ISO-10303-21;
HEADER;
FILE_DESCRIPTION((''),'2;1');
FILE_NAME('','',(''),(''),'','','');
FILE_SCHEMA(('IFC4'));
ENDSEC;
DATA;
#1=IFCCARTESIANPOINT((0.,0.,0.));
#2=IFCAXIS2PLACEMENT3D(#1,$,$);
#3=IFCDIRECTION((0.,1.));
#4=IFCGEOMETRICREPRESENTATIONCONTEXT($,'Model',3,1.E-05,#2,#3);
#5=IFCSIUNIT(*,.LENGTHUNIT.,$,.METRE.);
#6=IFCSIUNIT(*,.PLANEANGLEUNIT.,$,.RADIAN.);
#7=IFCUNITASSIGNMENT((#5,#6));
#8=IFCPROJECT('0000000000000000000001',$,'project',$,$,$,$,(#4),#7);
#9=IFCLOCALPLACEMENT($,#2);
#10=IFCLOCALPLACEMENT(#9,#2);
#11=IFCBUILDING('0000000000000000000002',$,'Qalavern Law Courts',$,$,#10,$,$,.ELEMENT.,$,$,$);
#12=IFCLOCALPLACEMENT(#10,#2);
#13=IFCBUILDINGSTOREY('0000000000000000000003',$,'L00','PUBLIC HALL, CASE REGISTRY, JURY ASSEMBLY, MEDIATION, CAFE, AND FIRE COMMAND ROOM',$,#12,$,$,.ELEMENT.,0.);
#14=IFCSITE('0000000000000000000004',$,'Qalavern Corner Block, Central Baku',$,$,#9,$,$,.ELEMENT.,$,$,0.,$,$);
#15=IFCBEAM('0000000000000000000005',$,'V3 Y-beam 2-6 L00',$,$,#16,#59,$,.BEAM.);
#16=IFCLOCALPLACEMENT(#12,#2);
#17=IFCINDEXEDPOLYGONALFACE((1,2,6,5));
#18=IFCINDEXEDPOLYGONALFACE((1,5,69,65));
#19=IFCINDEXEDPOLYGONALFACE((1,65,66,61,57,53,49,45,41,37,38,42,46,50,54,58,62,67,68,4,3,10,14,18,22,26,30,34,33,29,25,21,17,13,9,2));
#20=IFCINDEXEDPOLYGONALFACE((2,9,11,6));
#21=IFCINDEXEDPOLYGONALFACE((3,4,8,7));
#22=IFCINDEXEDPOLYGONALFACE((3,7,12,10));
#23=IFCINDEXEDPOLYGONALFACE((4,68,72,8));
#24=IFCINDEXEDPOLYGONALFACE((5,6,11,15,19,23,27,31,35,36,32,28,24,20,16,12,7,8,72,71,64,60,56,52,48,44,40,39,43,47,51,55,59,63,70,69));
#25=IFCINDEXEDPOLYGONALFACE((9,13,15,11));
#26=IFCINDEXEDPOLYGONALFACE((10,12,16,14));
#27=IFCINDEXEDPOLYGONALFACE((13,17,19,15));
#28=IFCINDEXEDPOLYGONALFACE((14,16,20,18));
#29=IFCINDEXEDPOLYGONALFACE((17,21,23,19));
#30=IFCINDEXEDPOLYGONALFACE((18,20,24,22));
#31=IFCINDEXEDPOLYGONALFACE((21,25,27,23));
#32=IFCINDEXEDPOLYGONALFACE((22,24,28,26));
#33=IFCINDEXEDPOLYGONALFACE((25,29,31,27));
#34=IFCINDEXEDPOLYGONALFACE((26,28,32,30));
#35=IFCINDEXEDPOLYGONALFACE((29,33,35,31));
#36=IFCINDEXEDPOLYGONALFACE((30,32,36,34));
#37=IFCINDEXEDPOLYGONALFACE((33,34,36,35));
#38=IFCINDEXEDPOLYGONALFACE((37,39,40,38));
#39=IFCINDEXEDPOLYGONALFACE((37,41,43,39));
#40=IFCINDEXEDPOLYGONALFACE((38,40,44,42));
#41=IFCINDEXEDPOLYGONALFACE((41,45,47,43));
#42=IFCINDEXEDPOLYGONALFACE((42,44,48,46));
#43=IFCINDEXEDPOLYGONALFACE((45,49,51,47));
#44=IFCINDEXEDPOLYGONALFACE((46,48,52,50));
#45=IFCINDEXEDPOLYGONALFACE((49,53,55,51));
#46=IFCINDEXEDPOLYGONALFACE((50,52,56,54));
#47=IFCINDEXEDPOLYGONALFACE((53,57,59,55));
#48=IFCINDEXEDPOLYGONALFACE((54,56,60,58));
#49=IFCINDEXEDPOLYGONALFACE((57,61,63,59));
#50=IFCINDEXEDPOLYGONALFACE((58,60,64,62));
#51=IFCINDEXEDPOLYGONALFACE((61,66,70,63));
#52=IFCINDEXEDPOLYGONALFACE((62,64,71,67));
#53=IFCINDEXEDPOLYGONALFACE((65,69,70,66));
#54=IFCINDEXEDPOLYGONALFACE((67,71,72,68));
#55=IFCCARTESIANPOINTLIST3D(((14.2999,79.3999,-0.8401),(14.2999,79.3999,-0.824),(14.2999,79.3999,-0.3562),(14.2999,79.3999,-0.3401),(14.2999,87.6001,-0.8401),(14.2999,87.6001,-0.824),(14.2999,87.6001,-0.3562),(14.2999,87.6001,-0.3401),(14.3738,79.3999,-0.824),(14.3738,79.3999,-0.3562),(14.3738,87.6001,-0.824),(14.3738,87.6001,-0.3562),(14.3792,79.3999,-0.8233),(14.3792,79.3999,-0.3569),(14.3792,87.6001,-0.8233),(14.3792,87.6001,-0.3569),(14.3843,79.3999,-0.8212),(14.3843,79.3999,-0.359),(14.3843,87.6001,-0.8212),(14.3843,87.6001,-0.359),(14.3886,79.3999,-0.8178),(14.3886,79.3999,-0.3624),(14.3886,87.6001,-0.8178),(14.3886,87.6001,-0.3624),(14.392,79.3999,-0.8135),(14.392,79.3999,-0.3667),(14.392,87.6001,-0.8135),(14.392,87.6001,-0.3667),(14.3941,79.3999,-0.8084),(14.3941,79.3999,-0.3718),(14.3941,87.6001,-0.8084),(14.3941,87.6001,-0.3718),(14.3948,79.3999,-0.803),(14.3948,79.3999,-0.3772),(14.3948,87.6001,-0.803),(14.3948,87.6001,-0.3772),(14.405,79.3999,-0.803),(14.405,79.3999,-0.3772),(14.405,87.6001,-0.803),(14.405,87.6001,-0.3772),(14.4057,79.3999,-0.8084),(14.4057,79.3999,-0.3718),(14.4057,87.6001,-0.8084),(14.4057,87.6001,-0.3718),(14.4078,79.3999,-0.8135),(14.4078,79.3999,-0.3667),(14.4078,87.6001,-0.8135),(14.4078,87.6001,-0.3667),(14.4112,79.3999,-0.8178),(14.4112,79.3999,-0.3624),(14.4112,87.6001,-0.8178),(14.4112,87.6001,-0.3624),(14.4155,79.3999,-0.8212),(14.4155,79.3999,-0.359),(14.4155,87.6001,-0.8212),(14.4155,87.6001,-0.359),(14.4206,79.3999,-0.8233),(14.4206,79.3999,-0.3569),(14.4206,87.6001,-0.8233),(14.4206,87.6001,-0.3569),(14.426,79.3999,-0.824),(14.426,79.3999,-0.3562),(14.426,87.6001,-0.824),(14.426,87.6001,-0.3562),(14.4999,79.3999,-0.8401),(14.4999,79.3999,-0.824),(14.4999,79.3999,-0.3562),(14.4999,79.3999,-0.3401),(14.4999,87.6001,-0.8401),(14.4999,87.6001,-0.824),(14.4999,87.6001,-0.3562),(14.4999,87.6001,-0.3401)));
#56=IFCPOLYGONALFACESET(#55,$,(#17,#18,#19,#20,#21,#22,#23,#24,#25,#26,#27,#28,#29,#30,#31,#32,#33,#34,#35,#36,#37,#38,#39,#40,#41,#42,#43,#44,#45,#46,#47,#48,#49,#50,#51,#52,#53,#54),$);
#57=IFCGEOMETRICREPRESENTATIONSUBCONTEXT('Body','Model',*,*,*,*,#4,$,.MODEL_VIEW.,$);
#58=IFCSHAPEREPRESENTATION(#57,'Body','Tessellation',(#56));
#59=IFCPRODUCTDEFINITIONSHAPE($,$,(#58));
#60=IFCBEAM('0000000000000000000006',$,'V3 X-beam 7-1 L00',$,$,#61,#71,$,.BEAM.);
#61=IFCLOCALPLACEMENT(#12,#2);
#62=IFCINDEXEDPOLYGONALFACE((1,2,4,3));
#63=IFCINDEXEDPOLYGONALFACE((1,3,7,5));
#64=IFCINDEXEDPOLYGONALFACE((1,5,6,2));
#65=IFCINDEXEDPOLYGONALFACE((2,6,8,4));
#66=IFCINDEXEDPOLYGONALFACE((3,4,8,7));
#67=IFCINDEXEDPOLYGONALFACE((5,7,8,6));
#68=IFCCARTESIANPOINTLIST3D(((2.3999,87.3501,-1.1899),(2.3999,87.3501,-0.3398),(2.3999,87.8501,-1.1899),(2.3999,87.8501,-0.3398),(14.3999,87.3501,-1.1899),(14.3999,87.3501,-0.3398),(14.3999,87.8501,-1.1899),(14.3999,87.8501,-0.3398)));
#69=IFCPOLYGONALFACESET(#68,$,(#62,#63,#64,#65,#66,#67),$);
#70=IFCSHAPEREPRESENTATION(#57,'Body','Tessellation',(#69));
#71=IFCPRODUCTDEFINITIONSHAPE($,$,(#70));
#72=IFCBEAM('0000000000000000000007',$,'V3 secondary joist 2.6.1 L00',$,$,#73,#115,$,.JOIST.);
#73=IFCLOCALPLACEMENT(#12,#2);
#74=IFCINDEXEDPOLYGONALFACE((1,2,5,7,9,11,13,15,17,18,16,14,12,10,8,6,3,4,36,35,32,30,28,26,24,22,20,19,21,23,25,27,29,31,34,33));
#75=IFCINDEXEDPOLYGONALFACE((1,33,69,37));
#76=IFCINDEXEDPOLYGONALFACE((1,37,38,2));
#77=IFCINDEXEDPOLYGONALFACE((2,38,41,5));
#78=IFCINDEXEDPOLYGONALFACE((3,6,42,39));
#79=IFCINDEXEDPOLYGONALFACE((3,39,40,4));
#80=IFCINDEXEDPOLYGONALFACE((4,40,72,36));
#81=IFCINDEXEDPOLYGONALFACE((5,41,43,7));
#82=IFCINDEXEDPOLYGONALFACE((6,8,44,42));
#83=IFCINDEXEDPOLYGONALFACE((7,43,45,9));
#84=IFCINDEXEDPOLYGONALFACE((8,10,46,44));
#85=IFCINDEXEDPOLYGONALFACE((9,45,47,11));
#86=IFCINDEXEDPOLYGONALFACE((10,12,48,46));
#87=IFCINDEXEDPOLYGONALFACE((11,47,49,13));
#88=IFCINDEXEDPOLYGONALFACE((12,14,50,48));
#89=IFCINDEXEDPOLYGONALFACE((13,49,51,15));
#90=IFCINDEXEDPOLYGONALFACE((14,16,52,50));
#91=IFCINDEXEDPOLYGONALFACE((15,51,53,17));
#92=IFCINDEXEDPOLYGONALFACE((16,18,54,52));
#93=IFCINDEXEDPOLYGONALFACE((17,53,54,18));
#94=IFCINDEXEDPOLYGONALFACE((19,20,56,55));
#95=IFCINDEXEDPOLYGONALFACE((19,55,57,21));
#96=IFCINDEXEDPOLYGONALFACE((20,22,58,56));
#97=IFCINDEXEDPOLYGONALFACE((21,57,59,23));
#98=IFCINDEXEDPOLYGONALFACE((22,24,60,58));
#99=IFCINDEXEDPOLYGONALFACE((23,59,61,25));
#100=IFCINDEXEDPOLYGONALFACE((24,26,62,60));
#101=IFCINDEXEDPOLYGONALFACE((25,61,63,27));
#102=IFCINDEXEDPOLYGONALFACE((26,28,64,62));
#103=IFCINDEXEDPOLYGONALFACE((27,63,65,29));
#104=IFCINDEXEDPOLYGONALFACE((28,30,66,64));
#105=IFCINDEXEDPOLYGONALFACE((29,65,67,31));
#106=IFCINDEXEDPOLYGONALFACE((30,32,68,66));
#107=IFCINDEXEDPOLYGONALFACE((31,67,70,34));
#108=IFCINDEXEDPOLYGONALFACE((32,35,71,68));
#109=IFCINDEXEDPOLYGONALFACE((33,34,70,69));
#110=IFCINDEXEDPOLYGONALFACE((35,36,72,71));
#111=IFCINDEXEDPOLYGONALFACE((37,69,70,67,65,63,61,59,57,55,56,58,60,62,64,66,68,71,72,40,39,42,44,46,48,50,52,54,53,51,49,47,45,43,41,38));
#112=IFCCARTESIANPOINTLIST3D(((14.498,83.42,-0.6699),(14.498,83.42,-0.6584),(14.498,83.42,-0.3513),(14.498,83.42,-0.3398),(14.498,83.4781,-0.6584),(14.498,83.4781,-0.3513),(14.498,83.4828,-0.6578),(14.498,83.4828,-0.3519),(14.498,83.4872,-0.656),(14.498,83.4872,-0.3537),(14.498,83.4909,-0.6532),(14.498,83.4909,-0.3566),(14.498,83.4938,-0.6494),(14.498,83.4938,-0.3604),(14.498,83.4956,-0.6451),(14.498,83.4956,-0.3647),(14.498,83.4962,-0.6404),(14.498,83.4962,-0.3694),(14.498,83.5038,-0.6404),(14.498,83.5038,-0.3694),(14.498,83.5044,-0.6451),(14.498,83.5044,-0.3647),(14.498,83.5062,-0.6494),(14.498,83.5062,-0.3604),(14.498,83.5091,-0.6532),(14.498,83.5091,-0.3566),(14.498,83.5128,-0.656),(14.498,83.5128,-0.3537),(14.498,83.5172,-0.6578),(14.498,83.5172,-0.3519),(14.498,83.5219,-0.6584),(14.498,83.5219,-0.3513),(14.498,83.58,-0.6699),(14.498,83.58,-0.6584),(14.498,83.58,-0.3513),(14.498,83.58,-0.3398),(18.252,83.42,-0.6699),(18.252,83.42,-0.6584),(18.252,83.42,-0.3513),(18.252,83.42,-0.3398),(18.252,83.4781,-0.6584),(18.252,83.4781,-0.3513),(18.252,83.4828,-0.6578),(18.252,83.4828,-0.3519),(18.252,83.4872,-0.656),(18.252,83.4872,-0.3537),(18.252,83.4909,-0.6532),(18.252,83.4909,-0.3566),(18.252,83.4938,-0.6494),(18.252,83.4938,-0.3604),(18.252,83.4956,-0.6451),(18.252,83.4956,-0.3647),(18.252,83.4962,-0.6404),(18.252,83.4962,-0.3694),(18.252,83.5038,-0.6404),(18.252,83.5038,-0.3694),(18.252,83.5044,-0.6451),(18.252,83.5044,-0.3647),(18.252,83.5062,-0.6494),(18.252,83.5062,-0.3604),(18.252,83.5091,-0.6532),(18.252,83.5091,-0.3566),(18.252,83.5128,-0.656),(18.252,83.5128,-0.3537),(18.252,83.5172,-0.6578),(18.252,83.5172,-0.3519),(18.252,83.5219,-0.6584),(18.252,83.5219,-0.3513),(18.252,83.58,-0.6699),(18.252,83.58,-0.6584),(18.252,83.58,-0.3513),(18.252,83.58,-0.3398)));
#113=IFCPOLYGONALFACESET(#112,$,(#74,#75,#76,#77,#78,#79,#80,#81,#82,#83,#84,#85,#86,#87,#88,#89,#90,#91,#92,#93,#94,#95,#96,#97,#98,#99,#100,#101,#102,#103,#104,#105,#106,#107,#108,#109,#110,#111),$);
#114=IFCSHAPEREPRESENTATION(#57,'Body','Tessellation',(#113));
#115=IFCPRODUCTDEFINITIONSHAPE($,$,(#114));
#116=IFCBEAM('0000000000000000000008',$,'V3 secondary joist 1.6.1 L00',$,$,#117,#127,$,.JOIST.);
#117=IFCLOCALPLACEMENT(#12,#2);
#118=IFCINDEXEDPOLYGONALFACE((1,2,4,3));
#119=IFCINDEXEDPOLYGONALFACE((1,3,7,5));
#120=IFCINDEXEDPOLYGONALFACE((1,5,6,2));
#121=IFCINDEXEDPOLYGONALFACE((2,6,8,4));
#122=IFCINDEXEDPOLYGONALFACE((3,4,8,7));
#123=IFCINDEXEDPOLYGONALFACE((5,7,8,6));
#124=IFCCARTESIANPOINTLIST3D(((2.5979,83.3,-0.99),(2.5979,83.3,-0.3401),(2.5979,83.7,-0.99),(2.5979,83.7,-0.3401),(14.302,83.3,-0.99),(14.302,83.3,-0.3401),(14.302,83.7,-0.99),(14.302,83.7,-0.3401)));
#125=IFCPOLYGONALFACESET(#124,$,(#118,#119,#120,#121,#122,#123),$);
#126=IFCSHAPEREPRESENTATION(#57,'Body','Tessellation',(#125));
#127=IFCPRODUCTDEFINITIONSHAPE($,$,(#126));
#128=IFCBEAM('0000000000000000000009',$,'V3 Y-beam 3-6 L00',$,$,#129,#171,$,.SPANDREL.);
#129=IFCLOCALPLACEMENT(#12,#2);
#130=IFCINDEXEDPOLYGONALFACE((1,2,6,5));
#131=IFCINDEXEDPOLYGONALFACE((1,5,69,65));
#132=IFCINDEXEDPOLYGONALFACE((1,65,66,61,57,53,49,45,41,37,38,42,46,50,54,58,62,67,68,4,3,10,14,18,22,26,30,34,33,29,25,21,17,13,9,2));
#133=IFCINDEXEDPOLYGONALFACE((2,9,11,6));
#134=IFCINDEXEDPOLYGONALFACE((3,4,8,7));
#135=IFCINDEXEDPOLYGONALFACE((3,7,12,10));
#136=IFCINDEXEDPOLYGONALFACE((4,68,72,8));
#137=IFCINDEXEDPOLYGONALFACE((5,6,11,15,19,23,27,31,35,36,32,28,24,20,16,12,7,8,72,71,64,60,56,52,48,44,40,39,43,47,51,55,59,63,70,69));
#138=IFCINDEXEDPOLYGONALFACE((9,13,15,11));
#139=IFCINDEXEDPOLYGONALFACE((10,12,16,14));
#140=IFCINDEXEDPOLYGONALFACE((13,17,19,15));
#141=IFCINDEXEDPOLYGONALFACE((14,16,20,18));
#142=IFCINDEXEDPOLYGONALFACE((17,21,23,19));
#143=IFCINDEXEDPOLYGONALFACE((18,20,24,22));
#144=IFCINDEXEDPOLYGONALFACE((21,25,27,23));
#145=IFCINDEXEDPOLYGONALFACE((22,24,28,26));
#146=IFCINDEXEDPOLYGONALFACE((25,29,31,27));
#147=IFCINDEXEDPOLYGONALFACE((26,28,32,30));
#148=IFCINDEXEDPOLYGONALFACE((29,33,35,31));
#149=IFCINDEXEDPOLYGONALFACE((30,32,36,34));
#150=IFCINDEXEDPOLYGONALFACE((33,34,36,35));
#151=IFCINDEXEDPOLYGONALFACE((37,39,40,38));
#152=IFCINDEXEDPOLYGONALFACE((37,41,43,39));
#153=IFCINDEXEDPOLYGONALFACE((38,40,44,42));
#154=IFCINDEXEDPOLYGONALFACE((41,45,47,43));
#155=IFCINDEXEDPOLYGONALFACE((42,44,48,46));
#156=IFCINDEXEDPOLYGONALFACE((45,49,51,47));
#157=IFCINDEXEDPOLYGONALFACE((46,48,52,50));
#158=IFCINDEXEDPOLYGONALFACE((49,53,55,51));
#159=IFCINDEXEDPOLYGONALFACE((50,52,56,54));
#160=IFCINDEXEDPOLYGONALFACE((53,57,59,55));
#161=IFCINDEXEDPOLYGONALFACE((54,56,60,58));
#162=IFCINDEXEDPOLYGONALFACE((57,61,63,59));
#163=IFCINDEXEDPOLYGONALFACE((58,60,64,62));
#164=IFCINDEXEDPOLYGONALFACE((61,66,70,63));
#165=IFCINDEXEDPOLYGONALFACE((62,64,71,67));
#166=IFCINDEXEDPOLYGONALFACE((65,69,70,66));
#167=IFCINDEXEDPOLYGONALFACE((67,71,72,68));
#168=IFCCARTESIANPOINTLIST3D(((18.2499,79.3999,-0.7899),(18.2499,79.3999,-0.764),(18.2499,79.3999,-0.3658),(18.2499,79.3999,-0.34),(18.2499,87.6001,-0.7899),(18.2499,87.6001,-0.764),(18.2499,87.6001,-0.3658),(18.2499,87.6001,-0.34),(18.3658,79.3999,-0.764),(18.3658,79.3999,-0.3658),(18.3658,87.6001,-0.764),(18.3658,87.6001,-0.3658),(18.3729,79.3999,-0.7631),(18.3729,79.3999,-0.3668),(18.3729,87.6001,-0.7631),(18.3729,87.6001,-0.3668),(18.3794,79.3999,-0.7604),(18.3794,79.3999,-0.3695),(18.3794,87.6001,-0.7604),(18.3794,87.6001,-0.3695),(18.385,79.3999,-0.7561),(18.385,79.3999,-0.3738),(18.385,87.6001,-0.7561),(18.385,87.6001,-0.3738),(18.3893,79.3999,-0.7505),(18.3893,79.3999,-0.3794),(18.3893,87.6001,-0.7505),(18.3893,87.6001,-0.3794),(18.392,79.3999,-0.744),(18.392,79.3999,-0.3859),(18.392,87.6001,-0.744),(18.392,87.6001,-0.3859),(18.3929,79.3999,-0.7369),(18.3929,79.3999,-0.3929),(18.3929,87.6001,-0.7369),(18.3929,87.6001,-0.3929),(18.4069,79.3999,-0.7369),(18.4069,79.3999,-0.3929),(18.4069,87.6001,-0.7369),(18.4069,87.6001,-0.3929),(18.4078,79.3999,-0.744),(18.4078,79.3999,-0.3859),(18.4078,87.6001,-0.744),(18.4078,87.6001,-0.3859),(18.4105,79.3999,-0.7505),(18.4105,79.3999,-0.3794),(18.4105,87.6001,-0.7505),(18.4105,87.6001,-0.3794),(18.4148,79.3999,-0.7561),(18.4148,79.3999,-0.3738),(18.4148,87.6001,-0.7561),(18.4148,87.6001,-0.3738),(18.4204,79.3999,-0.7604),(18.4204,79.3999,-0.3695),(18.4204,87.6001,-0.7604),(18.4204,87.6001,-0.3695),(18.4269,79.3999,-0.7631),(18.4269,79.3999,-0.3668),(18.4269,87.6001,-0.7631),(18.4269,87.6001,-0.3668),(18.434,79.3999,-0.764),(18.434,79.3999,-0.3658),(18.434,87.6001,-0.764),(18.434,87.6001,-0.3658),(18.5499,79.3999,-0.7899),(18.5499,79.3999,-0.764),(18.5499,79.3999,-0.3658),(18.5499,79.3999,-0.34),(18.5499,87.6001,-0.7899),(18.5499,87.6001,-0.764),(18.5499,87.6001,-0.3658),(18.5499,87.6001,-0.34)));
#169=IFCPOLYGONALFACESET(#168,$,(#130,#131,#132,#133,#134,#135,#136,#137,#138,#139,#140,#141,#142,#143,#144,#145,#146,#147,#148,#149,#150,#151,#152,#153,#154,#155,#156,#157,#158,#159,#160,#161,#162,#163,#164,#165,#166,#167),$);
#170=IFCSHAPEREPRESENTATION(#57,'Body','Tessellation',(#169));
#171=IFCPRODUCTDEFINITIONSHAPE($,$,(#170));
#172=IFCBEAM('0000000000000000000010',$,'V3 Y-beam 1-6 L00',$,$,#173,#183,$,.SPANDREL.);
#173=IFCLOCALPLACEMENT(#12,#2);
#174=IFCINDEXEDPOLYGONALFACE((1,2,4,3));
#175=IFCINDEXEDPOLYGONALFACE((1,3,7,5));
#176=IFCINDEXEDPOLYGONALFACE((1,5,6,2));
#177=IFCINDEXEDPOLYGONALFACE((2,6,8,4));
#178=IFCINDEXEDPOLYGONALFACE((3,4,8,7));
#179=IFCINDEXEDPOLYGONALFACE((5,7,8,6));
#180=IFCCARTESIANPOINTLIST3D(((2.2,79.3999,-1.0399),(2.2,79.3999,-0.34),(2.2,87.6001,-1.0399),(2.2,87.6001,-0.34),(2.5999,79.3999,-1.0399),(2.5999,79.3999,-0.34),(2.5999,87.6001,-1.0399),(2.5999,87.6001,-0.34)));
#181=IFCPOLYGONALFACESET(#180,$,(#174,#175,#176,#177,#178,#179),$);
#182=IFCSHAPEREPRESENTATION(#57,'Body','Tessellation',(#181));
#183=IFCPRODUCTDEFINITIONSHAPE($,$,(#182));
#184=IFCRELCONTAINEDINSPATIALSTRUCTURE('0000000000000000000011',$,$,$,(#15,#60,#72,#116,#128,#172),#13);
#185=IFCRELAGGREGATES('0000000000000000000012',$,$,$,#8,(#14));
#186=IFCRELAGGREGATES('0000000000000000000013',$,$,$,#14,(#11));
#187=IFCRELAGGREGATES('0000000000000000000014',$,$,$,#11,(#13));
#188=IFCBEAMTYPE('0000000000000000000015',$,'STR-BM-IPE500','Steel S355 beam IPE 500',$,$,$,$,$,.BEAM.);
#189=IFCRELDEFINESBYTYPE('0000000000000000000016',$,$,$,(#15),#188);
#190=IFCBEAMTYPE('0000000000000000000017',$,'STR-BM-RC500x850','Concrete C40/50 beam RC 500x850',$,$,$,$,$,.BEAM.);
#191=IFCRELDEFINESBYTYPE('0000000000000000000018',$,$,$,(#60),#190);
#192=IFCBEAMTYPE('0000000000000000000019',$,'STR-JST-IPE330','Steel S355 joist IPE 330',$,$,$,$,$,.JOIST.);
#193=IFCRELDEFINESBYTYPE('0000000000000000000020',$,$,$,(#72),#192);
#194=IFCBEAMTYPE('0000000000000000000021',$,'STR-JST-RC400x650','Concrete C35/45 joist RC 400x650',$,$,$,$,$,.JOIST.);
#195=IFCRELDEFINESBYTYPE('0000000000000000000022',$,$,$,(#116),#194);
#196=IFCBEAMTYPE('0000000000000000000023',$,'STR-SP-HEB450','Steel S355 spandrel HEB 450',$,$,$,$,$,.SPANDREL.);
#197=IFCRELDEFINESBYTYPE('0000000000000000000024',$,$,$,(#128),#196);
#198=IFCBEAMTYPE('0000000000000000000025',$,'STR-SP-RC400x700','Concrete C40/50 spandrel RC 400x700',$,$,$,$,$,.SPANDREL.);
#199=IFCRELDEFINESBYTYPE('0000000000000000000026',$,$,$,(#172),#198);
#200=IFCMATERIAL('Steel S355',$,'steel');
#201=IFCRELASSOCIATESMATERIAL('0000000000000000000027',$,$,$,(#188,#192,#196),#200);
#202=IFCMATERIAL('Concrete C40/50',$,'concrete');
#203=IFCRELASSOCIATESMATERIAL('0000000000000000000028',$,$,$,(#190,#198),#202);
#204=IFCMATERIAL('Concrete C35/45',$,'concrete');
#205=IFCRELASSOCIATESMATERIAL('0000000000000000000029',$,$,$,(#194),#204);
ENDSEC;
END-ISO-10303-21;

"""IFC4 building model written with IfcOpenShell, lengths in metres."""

from ifc_helpers import new_model, si_unit, direction, frame, origin, origin_2d, place, context, subcontext, project, spatial, rectangle, i_section, extrude, material, material_profile, profile_set, type_object, element, save


model = new_model("IFC4")

# Units and contexts
model_context = context("Model", 3, precision=1e-05, world=origin(), true_north=direction((0.0, 1.0)))
body_context = subcontext(model_context, "Body", "Model", "MODEL_VIEW")
ifc_project = project(units=[si_unit("LENGTHUNIT", "METRE"), si_unit("PLANEANGLEUNIT", "RADIAN")], contexts=[model_context])

# Site, building, storey
site_placement = place(None, origin())
site = spatial("IfcSite", under=ifc_project, at=site_placement, Name="Qalavern Corner Block, Central Baku", CompositionType="ELEMENT", RefElevation=0.0)
building_placement = place(site_placement, origin())
building = spatial("IfcBuilding", under=site, at=building_placement, Name="Qalavern Law Courts", CompositionType="ELEMENT")
storey_placement = place(building_placement, origin())
storey = spatial("IfcBuildingStorey", under=building, at=storey_placement, Name="L00", Description="PUBLIC HALL, CASE REGISTRY, JURY ASSEMBLY, MEDIATION, CAFE, AND FIRE COMMAND ROOM", CompositionType="ELEMENT", Elevation=0.0)

# Beams
ifc_material_1 = material(Name="Steel S355", Category="steel")
ifc_material_profile_1 = material_profile(ifc_material_1, i_section(OverallWidth=0.2, OverallDepth=0.5, WebThickness=0.0103, FlangeThickness=0.0161, FilletRadius=0.021, at=origin_2d()), Name="IPE 500")
ifc_profile_set_1 = profile_set([ifc_material_profile_1], Name="Steel S355")
beam_type_1 = type_object("IfcBeamType", Name="STR-BM-IPE500", Description="Steel S355 beam IPE 500", PredefinedType="BEAM", material=ifc_profile_set_1)
beam_1_placement = place(storey_placement, frame((14.3999, 79.3999, -0.5901), z_axis=(0.0, 1.0, 0.0), x_axis=(-1.0, 0.0, 0.0)))
element("IfcBeam", 1, at=beam_1_placement, inside=storey, type_object=beam_type_1, Name="V3 Y-beam 2-6 L00", PredefinedType="BEAM", context=body_context, shape_type="SweptSolid", body=[
    extrude(i_section(OverallWidth=0.2, OverallDepth=0.5, WebThickness=0.0103, FlangeThickness=0.0161, FilletRadius=0.021, at=origin_2d()), origin(), (0.0, 0.0, 1.0), 8.2002),
])
ifc_material_2 = material(Name="Concrete C40/50", Category="concrete")
ifc_material_profile_2 = material_profile(ifc_material_2, rectangle(XDim=0.5, YDim=0.8501, at=origin_2d()), Name="RC 500x850")
ifc_profile_set_2 = profile_set([ifc_material_profile_2], Name="Concrete C40/50")
beam_type_2 = type_object("IfcBeamType", Name="STR-BM-RC500x850", Description="Concrete C40/50 beam RC 500x850", PredefinedType="BEAM", material=ifc_profile_set_2)
beam_2_placement = place(storey_placement, frame((2.3999, 87.6001, -0.7649), z_axis=(1.0, 0.0, 0.0), x_axis=(0.0, 1.0, 0.0)))
element("IfcBeam", 2, at=beam_2_placement, inside=storey, type_object=beam_type_2, Name="V3 X-beam 7-1 L00", PredefinedType="BEAM", context=body_context, shape_type="SweptSolid", body=[
    extrude(rectangle(XDim=0.5, YDim=0.8501, at=origin_2d()), origin(), (0.0, 0.0, 1.0), 12.0),
])
ifc_material_profile_3 = material_profile(ifc_material_1, i_section(OverallWidth=0.1599, OverallDepth=0.3301, WebThickness=0.0076, FlangeThickness=0.0115, FilletRadius=0.0181, at=origin_2d()), Name="IPE 330")
ifc_profile_set_3 = profile_set([ifc_material_profile_3], Name="Steel S355")
beam_type_3 = type_object("IfcBeamType", Name="STR-JST-IPE330", Description="Steel S355 joist IPE 330", PredefinedType="JOIST", material=ifc_profile_set_3)
beam_3_placement = place(storey_placement, frame((14.498, 83.5, -0.5049), z_axis=(1.0, 0.0, 0.0), x_axis=(0.0, 1.0, 0.0)))
element("IfcBeam", 3, at=beam_3_placement, inside=storey, type_object=beam_type_3, Name="V3 secondary joist 2.6.1 L00", PredefinedType="JOIST", context=body_context, shape_type="SweptSolid", body=[
    extrude(i_section(OverallWidth=0.1599, OverallDepth=0.3301, WebThickness=0.0076, FlangeThickness=0.0115, FilletRadius=0.0181, at=origin_2d()), origin(), (0.0, 0.0, 1.0), 3.7539),
])
ifc_material_3 = material(Name="Concrete C35/45", Category="concrete")
ifc_material_profile_4 = material_profile(ifc_material_3, rectangle(XDim=0.3999, YDim=0.6499, at=origin_2d()), Name="RC 400x650")
ifc_profile_set_4 = profile_set([ifc_material_profile_4], Name="Concrete C35/45")
beam_type_4 = type_object("IfcBeamType", Name="STR-JST-RC400x650", Description="Concrete C35/45 joist RC 400x650", PredefinedType="JOIST", material=ifc_profile_set_4)
beam_4_placement = place(storey_placement, frame((2.5979, 83.5, -0.665), z_axis=(1.0, 0.0, 0.0), x_axis=(0.0, 1.0, 0.0)))
element("IfcBeam", 4, at=beam_4_placement, inside=storey, type_object=beam_type_4, Name="V3 secondary joist 1.6.1 L00", PredefinedType="JOIST", context=body_context, shape_type="SweptSolid", body=[
    extrude(rectangle(XDim=0.3999, YDim=0.6499, at=origin_2d()), origin(), (0.0, 0.0, 1.0), 11.7041),
])
ifc_material_profile_5 = material_profile(ifc_material_1, i_section(OverallWidth=0.3, OverallDepth=0.45, WebThickness=0.0139, FlangeThickness=0.0259, FilletRadius=0.0271, at=origin_2d()), Name="HEB 450")
ifc_profile_set_5 = profile_set([ifc_material_profile_5], Name="Steel S355")
beam_type_5 = type_object("IfcBeamType", Name="STR-SP-HEB450", Description="Steel S355 spandrel HEB 450", PredefinedType="SPANDREL", material=ifc_profile_set_5)
beam_5_placement = place(storey_placement, frame((18.3999, 79.3999, -0.5649), z_axis=(0.0, 1.0, 0.0), x_axis=(-1.0, 0.0, 0.0)))
element("IfcBeam", 5, at=beam_5_placement, inside=storey, type_object=beam_type_5, Name="V3 Y-beam 3-6 L00", PredefinedType="SPANDREL", context=body_context, shape_type="SweptSolid", body=[
    extrude(i_section(OverallWidth=0.3, OverallDepth=0.45, WebThickness=0.0139, FlangeThickness=0.0259, FilletRadius=0.0271, at=origin_2d()), origin(), (0.0, 0.0, 1.0), 8.2002),
])
ifc_material_profile_6 = material_profile(ifc_material_2, rectangle(XDim=0.3999, YDim=0.7, at=origin_2d()), Name="RC 400x700")
ifc_profile_set_6 = profile_set([ifc_material_profile_6], Name="Concrete C40/50")
beam_type_6 = type_object("IfcBeamType", Name="STR-SP-RC400x700", Description="Concrete C40/50 spandrel RC 400x700", PredefinedType="SPANDREL", material=ifc_profile_set_6)
beam_6_placement = place(storey_placement, frame((2.3999, 79.3999, -0.6899), z_axis=(0.0, 1.0, 0.0), x_axis=(-1.0, 0.0, 0.0)))
element("IfcBeam", 6, at=beam_6_placement, inside=storey, type_object=beam_type_6, Name="V3 Y-beam 1-6 L00", PredefinedType="SPANDREL", context=body_context, shape_type="SweptSolid", body=[
    extrude(rectangle(XDim=0.3999, YDim=0.7, at=origin_2d()), origin(), (0.0, 0.0, 1.0), 8.2002),
])

save(model, "model.ifc")
